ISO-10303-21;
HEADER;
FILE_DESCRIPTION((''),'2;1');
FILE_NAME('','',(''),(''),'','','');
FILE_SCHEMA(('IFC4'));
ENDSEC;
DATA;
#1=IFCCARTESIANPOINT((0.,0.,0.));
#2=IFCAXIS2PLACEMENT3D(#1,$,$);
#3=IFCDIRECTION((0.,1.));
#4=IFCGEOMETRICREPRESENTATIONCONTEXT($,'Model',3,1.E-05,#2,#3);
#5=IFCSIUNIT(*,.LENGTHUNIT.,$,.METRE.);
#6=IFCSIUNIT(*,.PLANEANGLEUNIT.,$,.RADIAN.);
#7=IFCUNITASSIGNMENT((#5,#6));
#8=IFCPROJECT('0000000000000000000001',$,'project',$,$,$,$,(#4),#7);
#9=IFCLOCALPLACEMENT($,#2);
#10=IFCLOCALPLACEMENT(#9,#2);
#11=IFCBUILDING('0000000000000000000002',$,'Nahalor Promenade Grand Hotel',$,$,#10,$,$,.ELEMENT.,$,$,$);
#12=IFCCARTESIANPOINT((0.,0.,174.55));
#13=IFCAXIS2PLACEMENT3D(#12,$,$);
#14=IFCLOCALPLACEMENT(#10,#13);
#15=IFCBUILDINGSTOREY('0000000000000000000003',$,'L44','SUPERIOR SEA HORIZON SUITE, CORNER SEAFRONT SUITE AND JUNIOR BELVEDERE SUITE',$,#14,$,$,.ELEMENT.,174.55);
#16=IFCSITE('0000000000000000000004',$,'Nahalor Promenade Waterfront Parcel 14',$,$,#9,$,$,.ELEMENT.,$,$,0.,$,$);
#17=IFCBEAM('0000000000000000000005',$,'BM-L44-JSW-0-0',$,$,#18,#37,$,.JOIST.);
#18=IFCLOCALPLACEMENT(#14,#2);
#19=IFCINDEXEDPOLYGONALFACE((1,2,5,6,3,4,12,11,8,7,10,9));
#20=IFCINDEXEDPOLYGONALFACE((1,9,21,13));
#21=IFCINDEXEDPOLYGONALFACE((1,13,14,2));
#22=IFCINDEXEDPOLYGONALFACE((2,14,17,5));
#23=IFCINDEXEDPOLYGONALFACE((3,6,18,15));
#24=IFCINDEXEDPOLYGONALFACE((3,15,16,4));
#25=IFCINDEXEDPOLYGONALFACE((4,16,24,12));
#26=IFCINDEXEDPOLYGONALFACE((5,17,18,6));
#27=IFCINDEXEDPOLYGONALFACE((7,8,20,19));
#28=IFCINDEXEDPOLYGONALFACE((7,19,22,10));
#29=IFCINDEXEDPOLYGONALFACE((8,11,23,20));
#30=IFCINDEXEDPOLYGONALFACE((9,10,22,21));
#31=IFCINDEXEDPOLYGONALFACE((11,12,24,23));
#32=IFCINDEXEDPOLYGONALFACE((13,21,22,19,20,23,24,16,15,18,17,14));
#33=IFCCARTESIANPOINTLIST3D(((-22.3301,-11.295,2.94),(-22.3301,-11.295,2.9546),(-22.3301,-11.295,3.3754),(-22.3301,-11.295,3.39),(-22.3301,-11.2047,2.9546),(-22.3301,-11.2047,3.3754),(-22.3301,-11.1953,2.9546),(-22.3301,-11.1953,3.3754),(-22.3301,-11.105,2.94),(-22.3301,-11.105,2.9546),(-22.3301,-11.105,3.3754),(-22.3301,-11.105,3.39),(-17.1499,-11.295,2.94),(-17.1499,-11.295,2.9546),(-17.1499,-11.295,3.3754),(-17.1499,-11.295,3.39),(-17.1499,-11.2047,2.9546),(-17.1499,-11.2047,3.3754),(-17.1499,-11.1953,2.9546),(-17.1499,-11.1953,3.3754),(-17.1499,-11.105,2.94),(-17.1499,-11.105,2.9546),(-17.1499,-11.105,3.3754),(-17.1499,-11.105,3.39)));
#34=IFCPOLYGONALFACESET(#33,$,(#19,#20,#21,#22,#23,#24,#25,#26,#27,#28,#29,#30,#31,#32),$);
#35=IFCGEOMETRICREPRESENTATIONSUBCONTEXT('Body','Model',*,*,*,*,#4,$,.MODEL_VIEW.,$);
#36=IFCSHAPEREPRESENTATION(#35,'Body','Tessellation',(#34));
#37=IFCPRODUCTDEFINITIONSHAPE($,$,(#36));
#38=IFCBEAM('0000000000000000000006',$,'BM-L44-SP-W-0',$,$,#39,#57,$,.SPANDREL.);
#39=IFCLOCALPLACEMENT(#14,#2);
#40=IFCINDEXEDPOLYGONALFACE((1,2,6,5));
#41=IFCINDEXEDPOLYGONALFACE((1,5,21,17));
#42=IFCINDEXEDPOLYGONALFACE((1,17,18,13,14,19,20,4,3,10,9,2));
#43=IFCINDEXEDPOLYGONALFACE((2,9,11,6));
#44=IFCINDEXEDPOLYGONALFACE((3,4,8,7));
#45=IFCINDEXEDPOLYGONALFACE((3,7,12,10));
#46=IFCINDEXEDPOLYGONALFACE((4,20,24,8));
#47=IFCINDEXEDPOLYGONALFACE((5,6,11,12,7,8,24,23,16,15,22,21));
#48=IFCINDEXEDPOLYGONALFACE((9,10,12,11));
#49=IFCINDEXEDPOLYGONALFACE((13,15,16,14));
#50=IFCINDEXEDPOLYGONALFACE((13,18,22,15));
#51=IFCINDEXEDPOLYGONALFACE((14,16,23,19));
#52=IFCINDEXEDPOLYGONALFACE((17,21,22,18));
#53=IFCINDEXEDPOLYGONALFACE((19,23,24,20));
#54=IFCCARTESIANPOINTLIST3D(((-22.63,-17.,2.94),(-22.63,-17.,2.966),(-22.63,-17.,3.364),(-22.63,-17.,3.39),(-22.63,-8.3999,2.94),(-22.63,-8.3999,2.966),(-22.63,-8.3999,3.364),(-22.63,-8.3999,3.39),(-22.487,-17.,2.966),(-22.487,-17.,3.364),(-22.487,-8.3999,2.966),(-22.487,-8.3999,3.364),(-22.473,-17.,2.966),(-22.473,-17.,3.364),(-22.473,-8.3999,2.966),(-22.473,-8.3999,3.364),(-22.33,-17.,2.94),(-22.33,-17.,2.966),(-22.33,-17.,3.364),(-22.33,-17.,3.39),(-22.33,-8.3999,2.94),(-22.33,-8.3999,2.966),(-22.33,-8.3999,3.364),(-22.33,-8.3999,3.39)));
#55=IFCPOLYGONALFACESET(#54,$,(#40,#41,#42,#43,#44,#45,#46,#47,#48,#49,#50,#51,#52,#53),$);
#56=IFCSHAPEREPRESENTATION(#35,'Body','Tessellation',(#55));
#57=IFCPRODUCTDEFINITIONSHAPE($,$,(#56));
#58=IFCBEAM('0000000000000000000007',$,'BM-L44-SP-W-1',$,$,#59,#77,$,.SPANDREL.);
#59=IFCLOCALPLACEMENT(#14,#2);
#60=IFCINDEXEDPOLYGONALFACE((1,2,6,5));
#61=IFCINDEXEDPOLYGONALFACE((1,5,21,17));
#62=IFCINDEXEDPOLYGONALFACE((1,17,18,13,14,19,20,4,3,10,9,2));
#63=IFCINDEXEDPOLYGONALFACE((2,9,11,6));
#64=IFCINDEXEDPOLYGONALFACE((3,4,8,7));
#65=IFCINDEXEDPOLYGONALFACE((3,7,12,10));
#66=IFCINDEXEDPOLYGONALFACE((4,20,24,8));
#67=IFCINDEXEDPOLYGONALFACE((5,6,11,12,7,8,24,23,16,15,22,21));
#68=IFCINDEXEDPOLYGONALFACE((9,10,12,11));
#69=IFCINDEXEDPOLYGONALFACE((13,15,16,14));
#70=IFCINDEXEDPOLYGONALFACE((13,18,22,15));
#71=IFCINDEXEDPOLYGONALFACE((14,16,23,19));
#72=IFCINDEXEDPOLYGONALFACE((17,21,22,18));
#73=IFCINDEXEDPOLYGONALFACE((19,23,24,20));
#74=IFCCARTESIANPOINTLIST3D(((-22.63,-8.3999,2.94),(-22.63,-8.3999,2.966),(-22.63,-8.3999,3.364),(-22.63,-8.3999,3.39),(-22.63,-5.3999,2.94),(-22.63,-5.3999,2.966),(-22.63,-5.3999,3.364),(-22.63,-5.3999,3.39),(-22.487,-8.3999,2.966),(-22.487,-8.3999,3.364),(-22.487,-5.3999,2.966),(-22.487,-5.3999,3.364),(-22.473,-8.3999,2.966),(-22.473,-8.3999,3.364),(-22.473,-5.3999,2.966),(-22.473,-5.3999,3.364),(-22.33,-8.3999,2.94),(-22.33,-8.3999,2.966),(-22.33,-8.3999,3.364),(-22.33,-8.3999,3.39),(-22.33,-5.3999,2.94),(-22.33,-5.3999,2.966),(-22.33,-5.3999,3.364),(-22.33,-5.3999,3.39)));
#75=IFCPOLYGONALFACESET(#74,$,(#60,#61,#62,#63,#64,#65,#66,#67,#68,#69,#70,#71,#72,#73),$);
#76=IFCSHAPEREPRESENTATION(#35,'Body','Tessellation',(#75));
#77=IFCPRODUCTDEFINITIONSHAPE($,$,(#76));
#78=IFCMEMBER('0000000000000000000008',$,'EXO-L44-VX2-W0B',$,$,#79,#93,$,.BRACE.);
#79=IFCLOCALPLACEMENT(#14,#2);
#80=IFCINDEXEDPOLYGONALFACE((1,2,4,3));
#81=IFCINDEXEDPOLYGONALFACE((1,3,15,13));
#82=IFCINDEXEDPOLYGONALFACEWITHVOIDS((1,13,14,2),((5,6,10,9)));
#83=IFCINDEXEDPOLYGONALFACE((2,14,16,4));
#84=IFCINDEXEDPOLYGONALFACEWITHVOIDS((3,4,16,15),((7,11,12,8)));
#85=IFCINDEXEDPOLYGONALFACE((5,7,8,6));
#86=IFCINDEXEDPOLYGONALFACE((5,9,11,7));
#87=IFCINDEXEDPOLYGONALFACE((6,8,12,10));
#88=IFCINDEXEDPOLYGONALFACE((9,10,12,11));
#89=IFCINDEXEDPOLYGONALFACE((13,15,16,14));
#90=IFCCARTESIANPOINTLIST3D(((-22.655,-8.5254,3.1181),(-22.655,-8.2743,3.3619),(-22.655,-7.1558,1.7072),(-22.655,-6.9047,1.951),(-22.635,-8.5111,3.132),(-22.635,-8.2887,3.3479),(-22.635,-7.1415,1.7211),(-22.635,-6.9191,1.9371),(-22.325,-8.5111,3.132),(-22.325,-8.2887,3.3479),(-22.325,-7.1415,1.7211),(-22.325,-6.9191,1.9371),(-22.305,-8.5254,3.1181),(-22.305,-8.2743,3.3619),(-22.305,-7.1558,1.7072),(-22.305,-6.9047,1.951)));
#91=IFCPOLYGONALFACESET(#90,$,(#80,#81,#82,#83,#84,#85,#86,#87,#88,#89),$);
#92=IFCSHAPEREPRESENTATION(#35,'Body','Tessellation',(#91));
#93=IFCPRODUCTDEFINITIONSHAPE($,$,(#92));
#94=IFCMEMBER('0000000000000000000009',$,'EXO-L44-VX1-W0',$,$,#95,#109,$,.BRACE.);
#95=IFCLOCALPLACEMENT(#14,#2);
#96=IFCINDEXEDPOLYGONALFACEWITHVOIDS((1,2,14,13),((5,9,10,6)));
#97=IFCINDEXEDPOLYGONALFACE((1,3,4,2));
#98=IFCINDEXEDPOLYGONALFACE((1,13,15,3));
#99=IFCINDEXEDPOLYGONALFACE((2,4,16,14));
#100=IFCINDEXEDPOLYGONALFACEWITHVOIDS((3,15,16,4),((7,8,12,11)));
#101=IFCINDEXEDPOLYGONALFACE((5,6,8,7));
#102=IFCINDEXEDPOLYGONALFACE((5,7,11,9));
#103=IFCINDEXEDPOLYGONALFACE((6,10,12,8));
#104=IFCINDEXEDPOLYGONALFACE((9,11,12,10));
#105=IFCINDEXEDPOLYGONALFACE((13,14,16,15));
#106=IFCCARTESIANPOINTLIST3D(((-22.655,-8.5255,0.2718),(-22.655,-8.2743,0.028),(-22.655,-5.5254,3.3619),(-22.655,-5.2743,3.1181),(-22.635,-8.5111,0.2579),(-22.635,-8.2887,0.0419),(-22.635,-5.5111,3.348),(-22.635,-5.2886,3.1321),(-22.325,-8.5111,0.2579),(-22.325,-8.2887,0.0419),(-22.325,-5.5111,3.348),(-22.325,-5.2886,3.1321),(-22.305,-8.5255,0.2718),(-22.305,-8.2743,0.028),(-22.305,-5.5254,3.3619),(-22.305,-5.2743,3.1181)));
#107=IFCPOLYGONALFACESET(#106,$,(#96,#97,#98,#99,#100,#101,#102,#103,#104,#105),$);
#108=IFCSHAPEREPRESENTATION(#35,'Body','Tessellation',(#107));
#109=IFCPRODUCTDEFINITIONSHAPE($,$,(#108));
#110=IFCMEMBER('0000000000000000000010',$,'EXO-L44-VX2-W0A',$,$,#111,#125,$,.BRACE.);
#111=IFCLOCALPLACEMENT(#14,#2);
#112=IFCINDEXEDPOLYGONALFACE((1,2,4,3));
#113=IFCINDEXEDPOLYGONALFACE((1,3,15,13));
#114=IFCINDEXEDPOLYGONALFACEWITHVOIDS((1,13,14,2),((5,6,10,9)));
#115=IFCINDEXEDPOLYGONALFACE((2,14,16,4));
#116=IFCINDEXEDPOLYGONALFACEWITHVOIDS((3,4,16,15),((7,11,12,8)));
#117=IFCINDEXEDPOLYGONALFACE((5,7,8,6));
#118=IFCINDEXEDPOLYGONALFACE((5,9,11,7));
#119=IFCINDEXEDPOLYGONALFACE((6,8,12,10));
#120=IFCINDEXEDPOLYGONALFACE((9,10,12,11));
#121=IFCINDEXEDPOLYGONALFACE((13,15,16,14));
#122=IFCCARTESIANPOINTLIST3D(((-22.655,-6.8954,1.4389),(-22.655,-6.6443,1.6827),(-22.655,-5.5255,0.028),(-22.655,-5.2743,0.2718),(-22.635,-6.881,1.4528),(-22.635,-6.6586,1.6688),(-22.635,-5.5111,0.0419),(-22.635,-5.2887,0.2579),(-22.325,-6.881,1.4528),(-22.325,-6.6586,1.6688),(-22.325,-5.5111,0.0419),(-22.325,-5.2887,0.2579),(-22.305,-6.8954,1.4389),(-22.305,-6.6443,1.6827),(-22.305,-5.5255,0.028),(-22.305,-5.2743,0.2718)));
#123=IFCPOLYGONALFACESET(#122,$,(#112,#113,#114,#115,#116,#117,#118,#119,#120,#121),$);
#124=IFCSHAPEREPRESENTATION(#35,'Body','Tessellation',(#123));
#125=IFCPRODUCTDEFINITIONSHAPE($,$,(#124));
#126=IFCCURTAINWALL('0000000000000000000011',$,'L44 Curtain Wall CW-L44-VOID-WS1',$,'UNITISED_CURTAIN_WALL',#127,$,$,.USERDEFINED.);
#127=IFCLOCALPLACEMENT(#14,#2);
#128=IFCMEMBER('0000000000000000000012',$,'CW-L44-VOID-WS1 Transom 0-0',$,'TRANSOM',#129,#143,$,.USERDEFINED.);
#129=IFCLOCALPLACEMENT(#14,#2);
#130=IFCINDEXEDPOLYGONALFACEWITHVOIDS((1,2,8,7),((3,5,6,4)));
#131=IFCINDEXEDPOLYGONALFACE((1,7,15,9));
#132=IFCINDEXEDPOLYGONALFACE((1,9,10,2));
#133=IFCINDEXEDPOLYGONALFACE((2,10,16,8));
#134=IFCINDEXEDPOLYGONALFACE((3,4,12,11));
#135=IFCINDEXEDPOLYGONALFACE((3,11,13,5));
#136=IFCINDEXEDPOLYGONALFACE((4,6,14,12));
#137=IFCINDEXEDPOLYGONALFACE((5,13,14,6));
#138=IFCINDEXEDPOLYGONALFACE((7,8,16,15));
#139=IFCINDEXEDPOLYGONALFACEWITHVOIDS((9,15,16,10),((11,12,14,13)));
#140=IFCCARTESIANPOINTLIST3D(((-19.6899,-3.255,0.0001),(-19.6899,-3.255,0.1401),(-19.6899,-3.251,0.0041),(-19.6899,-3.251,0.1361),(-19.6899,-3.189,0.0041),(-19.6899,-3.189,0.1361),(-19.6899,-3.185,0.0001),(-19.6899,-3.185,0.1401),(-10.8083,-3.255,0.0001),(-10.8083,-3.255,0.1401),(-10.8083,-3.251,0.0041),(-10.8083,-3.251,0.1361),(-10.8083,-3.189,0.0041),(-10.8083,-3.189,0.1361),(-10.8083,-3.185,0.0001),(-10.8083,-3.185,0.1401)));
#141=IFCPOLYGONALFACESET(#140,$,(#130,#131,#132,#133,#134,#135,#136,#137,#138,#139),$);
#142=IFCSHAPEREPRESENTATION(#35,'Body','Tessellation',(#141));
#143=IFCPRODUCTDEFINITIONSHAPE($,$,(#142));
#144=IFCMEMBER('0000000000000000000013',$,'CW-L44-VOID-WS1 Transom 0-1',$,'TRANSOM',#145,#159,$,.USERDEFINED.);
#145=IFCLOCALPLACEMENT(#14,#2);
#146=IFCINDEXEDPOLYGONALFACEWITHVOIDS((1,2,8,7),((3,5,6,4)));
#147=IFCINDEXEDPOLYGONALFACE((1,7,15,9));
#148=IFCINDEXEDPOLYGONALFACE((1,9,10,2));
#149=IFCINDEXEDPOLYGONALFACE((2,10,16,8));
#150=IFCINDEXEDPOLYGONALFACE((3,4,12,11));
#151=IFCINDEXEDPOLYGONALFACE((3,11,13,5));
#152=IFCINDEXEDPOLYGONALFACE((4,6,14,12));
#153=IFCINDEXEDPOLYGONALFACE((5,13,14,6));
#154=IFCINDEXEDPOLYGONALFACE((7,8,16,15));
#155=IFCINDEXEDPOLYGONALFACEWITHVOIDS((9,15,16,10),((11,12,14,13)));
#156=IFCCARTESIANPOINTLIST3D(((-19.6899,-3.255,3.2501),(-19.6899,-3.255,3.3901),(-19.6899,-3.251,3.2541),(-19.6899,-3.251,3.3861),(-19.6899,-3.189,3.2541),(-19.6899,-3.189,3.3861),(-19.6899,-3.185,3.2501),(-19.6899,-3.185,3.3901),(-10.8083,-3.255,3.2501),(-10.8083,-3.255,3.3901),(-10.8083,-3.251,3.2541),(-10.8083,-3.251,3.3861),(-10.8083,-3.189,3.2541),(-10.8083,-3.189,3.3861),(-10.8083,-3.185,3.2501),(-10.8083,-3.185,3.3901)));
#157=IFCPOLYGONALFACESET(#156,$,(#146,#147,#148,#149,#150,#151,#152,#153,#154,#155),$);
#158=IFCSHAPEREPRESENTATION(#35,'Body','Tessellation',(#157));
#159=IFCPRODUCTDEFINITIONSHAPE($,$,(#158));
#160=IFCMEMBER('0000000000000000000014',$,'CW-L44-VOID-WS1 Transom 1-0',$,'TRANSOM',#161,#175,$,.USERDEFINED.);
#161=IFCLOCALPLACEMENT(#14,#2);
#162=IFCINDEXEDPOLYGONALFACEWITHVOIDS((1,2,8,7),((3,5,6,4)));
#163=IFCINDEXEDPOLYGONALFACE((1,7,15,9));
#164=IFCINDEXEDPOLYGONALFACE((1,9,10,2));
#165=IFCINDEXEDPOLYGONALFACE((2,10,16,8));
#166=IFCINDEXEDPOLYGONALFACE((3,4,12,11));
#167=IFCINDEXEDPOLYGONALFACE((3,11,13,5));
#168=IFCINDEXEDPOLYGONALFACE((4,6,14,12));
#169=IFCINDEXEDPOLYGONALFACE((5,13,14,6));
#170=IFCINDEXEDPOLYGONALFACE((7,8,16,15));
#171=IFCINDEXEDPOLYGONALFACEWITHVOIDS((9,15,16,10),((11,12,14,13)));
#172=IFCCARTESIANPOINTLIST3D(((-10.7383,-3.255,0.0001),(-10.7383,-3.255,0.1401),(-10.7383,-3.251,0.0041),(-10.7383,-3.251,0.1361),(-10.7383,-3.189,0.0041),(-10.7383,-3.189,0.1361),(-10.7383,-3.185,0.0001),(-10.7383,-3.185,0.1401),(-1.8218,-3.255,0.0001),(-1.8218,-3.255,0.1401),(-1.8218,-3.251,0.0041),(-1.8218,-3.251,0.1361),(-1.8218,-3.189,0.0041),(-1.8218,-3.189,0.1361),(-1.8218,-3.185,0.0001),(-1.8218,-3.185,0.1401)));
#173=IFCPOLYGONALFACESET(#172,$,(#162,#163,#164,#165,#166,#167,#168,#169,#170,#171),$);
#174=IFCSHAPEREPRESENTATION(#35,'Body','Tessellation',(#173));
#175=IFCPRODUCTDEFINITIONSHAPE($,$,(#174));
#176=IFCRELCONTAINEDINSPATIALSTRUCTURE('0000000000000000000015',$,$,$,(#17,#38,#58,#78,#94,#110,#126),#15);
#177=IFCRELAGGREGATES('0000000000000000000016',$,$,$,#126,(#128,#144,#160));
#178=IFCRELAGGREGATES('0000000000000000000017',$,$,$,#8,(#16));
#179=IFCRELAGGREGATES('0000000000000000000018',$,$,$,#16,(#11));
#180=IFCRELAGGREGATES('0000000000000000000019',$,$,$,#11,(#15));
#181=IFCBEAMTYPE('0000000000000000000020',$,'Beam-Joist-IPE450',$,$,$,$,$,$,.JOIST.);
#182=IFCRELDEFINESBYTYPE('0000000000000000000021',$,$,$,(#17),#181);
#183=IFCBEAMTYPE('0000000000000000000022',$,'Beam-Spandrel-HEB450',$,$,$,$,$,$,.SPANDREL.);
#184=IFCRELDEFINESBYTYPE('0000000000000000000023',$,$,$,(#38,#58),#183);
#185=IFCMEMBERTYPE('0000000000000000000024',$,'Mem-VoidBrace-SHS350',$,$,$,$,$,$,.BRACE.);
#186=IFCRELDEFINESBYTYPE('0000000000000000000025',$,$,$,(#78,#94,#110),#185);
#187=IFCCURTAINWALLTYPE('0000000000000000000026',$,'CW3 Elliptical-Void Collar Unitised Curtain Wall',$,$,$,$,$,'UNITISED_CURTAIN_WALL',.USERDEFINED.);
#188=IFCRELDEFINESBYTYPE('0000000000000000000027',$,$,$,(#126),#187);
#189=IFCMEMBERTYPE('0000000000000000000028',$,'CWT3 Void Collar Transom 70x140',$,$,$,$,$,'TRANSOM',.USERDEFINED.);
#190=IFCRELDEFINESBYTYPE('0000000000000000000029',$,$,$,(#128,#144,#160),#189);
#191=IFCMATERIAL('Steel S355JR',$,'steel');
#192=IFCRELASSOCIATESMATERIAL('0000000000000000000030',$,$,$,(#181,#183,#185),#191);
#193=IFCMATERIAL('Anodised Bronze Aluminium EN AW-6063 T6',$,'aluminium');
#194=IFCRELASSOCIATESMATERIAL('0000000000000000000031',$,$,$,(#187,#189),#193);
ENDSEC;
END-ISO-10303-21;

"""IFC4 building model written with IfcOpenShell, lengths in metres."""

from ifc_helpers import new_model, si_unit, direction, frame, origin, origin_2d, place, context, subcontext, project, spatial, hollow_rectangle, i_section, extrude, source, transform, mapped, material, material_profile, profile_set, type_object, element, aggregate, save


model = new_model("IFC4")

# Units and contexts
model_context = context("Model", 3, precision=1e-05, world=origin(), true_north=direction((0.0, 1.0)))
body_context = subcontext(model_context, "Body", "Model", "MODEL_VIEW")
ifc_project = project(units=[si_unit("LENGTHUNIT", "METRE"), si_unit("PLANEANGLEUNIT", "RADIAN")], contexts=[model_context])

# Site, building, storey
site_placement = place(None, origin())
site = spatial("IfcSite", under=ifc_project, at=site_placement, Name="Nahalor Promenade Waterfront Parcel 14", CompositionType="ELEMENT", RefElevation=0.0)
building_placement = place(site_placement, origin())
building = spatial("IfcBuilding", under=site, at=building_placement, Name="Nahalor Promenade Grand Hotel", CompositionType="ELEMENT")
storey_placement = place(building_placement, frame((0.0, 0.0, 174.55)))
storey = spatial("IfcBuildingStorey", under=building, at=storey_placement, Name="L44", Description="SUPERIOR SEA HORIZON SUITE, CORNER SEAFRONT SUITE AND JUNIOR BELVEDERE SUITE", CompositionType="ELEMENT", Elevation=174.55)

# Beams
ifc_material_1 = material(Name="Steel S355JR", Category="steel")
ifc_material_profile_1 = material_profile(ifc_material_1, i_section(OverallWidth=0.19, OverallDepth=0.45, WebThickness=0.0094, FlangeThickness=0.0146, at=origin_2d()), Name="IPE 450")
ifc_profile_set_1 = profile_set([ifc_material_profile_1], Name="Steel S355JR")
beam_type_1 = type_object("IfcBeamType", Name="Beam-Joist-IPE450", PredefinedType="JOIST", material=ifc_profile_set_1)
shared_shape_1 = source(origin(), body_context, "Body", "SweptSolid", [
    extrude(i_section(OverallWidth=0.19, OverallDepth=0.45, WebThickness=0.0094, FlangeThickness=0.0146, at=origin_2d()), origin(), (0.0, 0.0, 1.0), 5.1802),
])
beam_1_placement = place(storey_placement, frame((-22.3301, -11.2, 3.165), z_axis=(1.0, 0.0, 0.0), x_axis=(0.0, 1.0, 0.0)))
element("IfcBeam", 1, at=beam_1_placement, inside=storey, type_object=beam_type_1, Name="BM-L44-JSW-0-0", PredefinedType="JOIST", context=body_context, shape_type="MappedRepresentation", body=[
    mapped(shared_shape_1, transform((0.0, 0.0, 0.0), scale=1.0)),
])
ifc_material_profile_2 = material_profile(ifc_material_1, i_section(OverallWidth=0.3, OverallDepth=0.45, WebThickness=0.014, FlangeThickness=0.026, at=origin_2d()), Name="HEB 450")
ifc_profile_set_2 = profile_set([ifc_material_profile_2], Name="Steel S355JR")
beam_type_2 = type_object("IfcBeamType", Name="Beam-Spandrel-HEB450", PredefinedType="SPANDREL", material=ifc_profile_set_2)
shared_shape_2 = source(origin(), body_context, "Body", "SweptSolid", [
    extrude(i_section(OverallWidth=0.3, OverallDepth=0.45, WebThickness=0.014, FlangeThickness=0.026, at=origin_2d()), origin(), (0.0, 0.0, 1.0), 8.6001),
])
beam_2_placement = place(storey_placement, frame((-22.48, -17.0, 3.165), z_axis=(0.0, 1.0, 0.0), x_axis=(-1.0, 0.0, 0.0)))
element("IfcBeam", 2, at=beam_2_placement, inside=storey, type_object=beam_type_2, Name="BM-L44-SP-W-0", PredefinedType="SPANDREL", context=body_context, shape_type="MappedRepresentation", body=[
    mapped(shared_shape_2, transform((0.0, 0.0, 0.0), scale=1.0)),
])
shared_shape_3 = source(origin(), body_context, "Body", "SweptSolid", [
    extrude(i_section(OverallWidth=0.3, OverallDepth=0.45, WebThickness=0.014, FlangeThickness=0.026, at=origin_2d()), origin(), (0.0, 0.0, 1.0), 3.0),
])
beam_3_placement = place(storey_placement, frame((-22.48, -8.3999, 3.165), z_axis=(0.0, 1.0, 0.0), x_axis=(-1.0, 0.0, 0.0)))
element("IfcBeam", 3, at=beam_3_placement, inside=storey, type_object=beam_type_2, Name="BM-L44-SP-W-1", PredefinedType="SPANDREL", context=body_context, shape_type="MappedRepresentation", body=[
    mapped(shared_shape_3, transform((0.0, 0.0, 0.0), scale=1.0)),
])

# Members
ifc_material_profile_3 = material_profile(ifc_material_1, hollow_rectangle(XDim=0.35, YDim=0.35, WallThickness=0.02, at=origin_2d()), Name="SHS 350x350x20")
ifc_profile_set_3 = profile_set([ifc_material_profile_3], Name="Steel S355JR")
member_type_1 = type_object("IfcMemberType", Name="Mem-VoidBrace-SHS350", PredefinedType="BRACE", material=ifc_profile_set_3)
shared_shape_4 = source(origin(), body_context, "Body", "SweptSolid", [
    extrude(hollow_rectangle(XDim=0.35, YDim=0.35, WallThickness=0.02, at=origin_2d()), origin(), (0.0, 0.0, 1.0), 1.9663),
])
member_1_placement = place(storey_placement, frame((-22.48, -7.0303, 1.8291), z_axis=(0.0, -0.696537, 0.71752), x_axis=(1.0, 0.0, 0.0)))
element("IfcMember", 4, at=member_1_placement, inside=storey, type_object=member_type_1, Name="EXO-L44-VX2-W0B", PredefinedType="BRACE", context=body_context, shape_type="MappedRepresentation", body=[
    mapped(shared_shape_4, transform((0.0, 0.0, 0.0), scale=1.0)),
])
shared_shape_5 = source(origin(), body_context, "Body", "SweptSolid", [
    extrude(hollow_rectangle(XDim=0.35, YDim=0.35, WallThickness=0.02, at=origin_2d()), origin(), (0.0, 0.0, 1.0), 4.3069),
])
member_2_placement = place(storey_placement, frame((-22.48, -8.3999, 0.1499), z_axis=(0.0, 0.696571, 0.717488), x_axis=(-1.0, 0.0, 0.0)))
element("IfcMember", 5, at=member_2_placement, inside=storey, type_object=member_type_1, Name="EXO-L44-VX1-W0", PredefinedType="BRACE", context=body_context, shape_type="MappedRepresentation", body=[
    mapped(shared_shape_5, transform((0.0, 0.0, 0.0), scale=1.0)),
])
shared_shape_6 = source(origin(), body_context, "Body", "SweptSolid", [
    extrude(hollow_rectangle(XDim=0.35, YDim=0.35, WallThickness=0.02, at=origin_2d()), origin(), (0.0, 0.0, 1.0), 1.9666),
])
member_3_placement = place(storey_placement, frame((-22.48, -5.3999, 0.1499), z_axis=(0.0, -0.696601, 0.717458), x_axis=(1.0, 0.0, 0.0)))
element("IfcMember", 6, at=member_3_placement, inside=storey, type_object=member_type_1, Name="EXO-L44-VX2-W0A", PredefinedType="BRACE", context=body_context, shape_type="MappedRepresentation", body=[
    mapped(shared_shape_6, transform((0.0, 0.0, 0.0), scale=1.0)),
])

# Curtain wall, members
ifc_material_2 = material(Name="Anodised Bronze Aluminium EN AW-6063 T6", Category="aluminium")
curtain_wall_type = type_object("IfcCurtainWallType", Name="CW3 Elliptical-Void Collar Unitised Curtain Wall", ElementType="UNITISED_CURTAIN_WALL", PredefinedType="USERDEFINED", material=ifc_material_2)
curtain_wall_1_placement = place(storey_placement, origin())
curtain_wall_1 = element("IfcCurtainWall", 7, at=curtain_wall_1_placement, inside=storey, type_object=curtain_wall_type, Name="L44 Curtain Wall CW-L44-VOID-WS1", ObjectType="UNITISED_CURTAIN_WALL", PredefinedType="USERDEFINED")
ifc_material_profile_4 = material_profile(ifc_material_2, hollow_rectangle(XDim=0.07, YDim=0.14, WallThickness=0.004, at=origin_2d()), Name="CWT 70x140x4")
ifc_profile_set_4 = profile_set([ifc_material_profile_4], Name="Anodised Bronze Aluminium EN AW-6063 T6")
member_type_2 = type_object("IfcMemberType", Name="CWT3 Void Collar Transom 70x140", ElementType="TRANSOM", PredefinedType="USERDEFINED", material=ifc_profile_set_4)
shared_shape_7 = source(origin(), body_context, "Body", "SweptSolid", [
    extrude(hollow_rectangle(XDim=0.07, YDim=0.14, WallThickness=0.004, at=origin_2d()), origin(), (0.0, 0.0, 1.0), 8.8816),
])
member_4_placement = place(storey_placement, frame((-19.6899, -3.22, 0.0701), z_axis=(1.0, 0.0, 0.0), x_axis=(0.0, 1.0, 0.0)))
member_4 = element("IfcMember", 8, at=member_4_placement, type_object=member_type_2, Name="CW-L44-VOID-WS1 Transom 0-0", ObjectType="TRANSOM", PredefinedType="USERDEFINED", context=body_context, shape_type="MappedRepresentation", body=[
    mapped(shared_shape_7, transform((0.0, 0.0, 0.0), scale=1.0)),
])
member_5_placement = place(storey_placement, frame((-19.6899, -3.22, 3.3201), z_axis=(1.0, 0.0, 0.0), x_axis=(0.0, 1.0, 0.0)))
member_5 = element("IfcMember", 9, at=member_5_placement, type_object=member_type_2, Name="CW-L44-VOID-WS1 Transom 0-1", ObjectType="TRANSOM", PredefinedType="USERDEFINED", context=body_context, shape_type="MappedRepresentation", body=[
    mapped(shared_shape_7, transform((0.0, 0.0, 0.0), scale=1.0)),
])
shared_shape_8 = source(origin(), body_context, "Body", "SweptSolid", [
    extrude(hollow_rectangle(XDim=0.07, YDim=0.14, WallThickness=0.004, at=origin_2d()), origin(), (0.0, 0.0, 1.0), 8.9165),
])
member_6_placement = place(storey_placement, frame((-10.7383, -3.22, 0.0701), z_axis=(1.0, 0.0, 0.0), x_axis=(0.0, 1.0, 0.0)))
member_6 = element("IfcMember", 10, at=member_6_placement, type_object=member_type_2, Name="CW-L44-VOID-WS1 Transom 1-0", ObjectType="TRANSOM", PredefinedType="USERDEFINED", context=body_context, shape_type="MappedRepresentation", body=[
    mapped(shared_shape_8, transform((0.0, 0.0, 0.0), scale=1.0)),
])

aggregate(curtain_wall_1, [member_4, member_5, member_6])

save(model, "model.ifc")
